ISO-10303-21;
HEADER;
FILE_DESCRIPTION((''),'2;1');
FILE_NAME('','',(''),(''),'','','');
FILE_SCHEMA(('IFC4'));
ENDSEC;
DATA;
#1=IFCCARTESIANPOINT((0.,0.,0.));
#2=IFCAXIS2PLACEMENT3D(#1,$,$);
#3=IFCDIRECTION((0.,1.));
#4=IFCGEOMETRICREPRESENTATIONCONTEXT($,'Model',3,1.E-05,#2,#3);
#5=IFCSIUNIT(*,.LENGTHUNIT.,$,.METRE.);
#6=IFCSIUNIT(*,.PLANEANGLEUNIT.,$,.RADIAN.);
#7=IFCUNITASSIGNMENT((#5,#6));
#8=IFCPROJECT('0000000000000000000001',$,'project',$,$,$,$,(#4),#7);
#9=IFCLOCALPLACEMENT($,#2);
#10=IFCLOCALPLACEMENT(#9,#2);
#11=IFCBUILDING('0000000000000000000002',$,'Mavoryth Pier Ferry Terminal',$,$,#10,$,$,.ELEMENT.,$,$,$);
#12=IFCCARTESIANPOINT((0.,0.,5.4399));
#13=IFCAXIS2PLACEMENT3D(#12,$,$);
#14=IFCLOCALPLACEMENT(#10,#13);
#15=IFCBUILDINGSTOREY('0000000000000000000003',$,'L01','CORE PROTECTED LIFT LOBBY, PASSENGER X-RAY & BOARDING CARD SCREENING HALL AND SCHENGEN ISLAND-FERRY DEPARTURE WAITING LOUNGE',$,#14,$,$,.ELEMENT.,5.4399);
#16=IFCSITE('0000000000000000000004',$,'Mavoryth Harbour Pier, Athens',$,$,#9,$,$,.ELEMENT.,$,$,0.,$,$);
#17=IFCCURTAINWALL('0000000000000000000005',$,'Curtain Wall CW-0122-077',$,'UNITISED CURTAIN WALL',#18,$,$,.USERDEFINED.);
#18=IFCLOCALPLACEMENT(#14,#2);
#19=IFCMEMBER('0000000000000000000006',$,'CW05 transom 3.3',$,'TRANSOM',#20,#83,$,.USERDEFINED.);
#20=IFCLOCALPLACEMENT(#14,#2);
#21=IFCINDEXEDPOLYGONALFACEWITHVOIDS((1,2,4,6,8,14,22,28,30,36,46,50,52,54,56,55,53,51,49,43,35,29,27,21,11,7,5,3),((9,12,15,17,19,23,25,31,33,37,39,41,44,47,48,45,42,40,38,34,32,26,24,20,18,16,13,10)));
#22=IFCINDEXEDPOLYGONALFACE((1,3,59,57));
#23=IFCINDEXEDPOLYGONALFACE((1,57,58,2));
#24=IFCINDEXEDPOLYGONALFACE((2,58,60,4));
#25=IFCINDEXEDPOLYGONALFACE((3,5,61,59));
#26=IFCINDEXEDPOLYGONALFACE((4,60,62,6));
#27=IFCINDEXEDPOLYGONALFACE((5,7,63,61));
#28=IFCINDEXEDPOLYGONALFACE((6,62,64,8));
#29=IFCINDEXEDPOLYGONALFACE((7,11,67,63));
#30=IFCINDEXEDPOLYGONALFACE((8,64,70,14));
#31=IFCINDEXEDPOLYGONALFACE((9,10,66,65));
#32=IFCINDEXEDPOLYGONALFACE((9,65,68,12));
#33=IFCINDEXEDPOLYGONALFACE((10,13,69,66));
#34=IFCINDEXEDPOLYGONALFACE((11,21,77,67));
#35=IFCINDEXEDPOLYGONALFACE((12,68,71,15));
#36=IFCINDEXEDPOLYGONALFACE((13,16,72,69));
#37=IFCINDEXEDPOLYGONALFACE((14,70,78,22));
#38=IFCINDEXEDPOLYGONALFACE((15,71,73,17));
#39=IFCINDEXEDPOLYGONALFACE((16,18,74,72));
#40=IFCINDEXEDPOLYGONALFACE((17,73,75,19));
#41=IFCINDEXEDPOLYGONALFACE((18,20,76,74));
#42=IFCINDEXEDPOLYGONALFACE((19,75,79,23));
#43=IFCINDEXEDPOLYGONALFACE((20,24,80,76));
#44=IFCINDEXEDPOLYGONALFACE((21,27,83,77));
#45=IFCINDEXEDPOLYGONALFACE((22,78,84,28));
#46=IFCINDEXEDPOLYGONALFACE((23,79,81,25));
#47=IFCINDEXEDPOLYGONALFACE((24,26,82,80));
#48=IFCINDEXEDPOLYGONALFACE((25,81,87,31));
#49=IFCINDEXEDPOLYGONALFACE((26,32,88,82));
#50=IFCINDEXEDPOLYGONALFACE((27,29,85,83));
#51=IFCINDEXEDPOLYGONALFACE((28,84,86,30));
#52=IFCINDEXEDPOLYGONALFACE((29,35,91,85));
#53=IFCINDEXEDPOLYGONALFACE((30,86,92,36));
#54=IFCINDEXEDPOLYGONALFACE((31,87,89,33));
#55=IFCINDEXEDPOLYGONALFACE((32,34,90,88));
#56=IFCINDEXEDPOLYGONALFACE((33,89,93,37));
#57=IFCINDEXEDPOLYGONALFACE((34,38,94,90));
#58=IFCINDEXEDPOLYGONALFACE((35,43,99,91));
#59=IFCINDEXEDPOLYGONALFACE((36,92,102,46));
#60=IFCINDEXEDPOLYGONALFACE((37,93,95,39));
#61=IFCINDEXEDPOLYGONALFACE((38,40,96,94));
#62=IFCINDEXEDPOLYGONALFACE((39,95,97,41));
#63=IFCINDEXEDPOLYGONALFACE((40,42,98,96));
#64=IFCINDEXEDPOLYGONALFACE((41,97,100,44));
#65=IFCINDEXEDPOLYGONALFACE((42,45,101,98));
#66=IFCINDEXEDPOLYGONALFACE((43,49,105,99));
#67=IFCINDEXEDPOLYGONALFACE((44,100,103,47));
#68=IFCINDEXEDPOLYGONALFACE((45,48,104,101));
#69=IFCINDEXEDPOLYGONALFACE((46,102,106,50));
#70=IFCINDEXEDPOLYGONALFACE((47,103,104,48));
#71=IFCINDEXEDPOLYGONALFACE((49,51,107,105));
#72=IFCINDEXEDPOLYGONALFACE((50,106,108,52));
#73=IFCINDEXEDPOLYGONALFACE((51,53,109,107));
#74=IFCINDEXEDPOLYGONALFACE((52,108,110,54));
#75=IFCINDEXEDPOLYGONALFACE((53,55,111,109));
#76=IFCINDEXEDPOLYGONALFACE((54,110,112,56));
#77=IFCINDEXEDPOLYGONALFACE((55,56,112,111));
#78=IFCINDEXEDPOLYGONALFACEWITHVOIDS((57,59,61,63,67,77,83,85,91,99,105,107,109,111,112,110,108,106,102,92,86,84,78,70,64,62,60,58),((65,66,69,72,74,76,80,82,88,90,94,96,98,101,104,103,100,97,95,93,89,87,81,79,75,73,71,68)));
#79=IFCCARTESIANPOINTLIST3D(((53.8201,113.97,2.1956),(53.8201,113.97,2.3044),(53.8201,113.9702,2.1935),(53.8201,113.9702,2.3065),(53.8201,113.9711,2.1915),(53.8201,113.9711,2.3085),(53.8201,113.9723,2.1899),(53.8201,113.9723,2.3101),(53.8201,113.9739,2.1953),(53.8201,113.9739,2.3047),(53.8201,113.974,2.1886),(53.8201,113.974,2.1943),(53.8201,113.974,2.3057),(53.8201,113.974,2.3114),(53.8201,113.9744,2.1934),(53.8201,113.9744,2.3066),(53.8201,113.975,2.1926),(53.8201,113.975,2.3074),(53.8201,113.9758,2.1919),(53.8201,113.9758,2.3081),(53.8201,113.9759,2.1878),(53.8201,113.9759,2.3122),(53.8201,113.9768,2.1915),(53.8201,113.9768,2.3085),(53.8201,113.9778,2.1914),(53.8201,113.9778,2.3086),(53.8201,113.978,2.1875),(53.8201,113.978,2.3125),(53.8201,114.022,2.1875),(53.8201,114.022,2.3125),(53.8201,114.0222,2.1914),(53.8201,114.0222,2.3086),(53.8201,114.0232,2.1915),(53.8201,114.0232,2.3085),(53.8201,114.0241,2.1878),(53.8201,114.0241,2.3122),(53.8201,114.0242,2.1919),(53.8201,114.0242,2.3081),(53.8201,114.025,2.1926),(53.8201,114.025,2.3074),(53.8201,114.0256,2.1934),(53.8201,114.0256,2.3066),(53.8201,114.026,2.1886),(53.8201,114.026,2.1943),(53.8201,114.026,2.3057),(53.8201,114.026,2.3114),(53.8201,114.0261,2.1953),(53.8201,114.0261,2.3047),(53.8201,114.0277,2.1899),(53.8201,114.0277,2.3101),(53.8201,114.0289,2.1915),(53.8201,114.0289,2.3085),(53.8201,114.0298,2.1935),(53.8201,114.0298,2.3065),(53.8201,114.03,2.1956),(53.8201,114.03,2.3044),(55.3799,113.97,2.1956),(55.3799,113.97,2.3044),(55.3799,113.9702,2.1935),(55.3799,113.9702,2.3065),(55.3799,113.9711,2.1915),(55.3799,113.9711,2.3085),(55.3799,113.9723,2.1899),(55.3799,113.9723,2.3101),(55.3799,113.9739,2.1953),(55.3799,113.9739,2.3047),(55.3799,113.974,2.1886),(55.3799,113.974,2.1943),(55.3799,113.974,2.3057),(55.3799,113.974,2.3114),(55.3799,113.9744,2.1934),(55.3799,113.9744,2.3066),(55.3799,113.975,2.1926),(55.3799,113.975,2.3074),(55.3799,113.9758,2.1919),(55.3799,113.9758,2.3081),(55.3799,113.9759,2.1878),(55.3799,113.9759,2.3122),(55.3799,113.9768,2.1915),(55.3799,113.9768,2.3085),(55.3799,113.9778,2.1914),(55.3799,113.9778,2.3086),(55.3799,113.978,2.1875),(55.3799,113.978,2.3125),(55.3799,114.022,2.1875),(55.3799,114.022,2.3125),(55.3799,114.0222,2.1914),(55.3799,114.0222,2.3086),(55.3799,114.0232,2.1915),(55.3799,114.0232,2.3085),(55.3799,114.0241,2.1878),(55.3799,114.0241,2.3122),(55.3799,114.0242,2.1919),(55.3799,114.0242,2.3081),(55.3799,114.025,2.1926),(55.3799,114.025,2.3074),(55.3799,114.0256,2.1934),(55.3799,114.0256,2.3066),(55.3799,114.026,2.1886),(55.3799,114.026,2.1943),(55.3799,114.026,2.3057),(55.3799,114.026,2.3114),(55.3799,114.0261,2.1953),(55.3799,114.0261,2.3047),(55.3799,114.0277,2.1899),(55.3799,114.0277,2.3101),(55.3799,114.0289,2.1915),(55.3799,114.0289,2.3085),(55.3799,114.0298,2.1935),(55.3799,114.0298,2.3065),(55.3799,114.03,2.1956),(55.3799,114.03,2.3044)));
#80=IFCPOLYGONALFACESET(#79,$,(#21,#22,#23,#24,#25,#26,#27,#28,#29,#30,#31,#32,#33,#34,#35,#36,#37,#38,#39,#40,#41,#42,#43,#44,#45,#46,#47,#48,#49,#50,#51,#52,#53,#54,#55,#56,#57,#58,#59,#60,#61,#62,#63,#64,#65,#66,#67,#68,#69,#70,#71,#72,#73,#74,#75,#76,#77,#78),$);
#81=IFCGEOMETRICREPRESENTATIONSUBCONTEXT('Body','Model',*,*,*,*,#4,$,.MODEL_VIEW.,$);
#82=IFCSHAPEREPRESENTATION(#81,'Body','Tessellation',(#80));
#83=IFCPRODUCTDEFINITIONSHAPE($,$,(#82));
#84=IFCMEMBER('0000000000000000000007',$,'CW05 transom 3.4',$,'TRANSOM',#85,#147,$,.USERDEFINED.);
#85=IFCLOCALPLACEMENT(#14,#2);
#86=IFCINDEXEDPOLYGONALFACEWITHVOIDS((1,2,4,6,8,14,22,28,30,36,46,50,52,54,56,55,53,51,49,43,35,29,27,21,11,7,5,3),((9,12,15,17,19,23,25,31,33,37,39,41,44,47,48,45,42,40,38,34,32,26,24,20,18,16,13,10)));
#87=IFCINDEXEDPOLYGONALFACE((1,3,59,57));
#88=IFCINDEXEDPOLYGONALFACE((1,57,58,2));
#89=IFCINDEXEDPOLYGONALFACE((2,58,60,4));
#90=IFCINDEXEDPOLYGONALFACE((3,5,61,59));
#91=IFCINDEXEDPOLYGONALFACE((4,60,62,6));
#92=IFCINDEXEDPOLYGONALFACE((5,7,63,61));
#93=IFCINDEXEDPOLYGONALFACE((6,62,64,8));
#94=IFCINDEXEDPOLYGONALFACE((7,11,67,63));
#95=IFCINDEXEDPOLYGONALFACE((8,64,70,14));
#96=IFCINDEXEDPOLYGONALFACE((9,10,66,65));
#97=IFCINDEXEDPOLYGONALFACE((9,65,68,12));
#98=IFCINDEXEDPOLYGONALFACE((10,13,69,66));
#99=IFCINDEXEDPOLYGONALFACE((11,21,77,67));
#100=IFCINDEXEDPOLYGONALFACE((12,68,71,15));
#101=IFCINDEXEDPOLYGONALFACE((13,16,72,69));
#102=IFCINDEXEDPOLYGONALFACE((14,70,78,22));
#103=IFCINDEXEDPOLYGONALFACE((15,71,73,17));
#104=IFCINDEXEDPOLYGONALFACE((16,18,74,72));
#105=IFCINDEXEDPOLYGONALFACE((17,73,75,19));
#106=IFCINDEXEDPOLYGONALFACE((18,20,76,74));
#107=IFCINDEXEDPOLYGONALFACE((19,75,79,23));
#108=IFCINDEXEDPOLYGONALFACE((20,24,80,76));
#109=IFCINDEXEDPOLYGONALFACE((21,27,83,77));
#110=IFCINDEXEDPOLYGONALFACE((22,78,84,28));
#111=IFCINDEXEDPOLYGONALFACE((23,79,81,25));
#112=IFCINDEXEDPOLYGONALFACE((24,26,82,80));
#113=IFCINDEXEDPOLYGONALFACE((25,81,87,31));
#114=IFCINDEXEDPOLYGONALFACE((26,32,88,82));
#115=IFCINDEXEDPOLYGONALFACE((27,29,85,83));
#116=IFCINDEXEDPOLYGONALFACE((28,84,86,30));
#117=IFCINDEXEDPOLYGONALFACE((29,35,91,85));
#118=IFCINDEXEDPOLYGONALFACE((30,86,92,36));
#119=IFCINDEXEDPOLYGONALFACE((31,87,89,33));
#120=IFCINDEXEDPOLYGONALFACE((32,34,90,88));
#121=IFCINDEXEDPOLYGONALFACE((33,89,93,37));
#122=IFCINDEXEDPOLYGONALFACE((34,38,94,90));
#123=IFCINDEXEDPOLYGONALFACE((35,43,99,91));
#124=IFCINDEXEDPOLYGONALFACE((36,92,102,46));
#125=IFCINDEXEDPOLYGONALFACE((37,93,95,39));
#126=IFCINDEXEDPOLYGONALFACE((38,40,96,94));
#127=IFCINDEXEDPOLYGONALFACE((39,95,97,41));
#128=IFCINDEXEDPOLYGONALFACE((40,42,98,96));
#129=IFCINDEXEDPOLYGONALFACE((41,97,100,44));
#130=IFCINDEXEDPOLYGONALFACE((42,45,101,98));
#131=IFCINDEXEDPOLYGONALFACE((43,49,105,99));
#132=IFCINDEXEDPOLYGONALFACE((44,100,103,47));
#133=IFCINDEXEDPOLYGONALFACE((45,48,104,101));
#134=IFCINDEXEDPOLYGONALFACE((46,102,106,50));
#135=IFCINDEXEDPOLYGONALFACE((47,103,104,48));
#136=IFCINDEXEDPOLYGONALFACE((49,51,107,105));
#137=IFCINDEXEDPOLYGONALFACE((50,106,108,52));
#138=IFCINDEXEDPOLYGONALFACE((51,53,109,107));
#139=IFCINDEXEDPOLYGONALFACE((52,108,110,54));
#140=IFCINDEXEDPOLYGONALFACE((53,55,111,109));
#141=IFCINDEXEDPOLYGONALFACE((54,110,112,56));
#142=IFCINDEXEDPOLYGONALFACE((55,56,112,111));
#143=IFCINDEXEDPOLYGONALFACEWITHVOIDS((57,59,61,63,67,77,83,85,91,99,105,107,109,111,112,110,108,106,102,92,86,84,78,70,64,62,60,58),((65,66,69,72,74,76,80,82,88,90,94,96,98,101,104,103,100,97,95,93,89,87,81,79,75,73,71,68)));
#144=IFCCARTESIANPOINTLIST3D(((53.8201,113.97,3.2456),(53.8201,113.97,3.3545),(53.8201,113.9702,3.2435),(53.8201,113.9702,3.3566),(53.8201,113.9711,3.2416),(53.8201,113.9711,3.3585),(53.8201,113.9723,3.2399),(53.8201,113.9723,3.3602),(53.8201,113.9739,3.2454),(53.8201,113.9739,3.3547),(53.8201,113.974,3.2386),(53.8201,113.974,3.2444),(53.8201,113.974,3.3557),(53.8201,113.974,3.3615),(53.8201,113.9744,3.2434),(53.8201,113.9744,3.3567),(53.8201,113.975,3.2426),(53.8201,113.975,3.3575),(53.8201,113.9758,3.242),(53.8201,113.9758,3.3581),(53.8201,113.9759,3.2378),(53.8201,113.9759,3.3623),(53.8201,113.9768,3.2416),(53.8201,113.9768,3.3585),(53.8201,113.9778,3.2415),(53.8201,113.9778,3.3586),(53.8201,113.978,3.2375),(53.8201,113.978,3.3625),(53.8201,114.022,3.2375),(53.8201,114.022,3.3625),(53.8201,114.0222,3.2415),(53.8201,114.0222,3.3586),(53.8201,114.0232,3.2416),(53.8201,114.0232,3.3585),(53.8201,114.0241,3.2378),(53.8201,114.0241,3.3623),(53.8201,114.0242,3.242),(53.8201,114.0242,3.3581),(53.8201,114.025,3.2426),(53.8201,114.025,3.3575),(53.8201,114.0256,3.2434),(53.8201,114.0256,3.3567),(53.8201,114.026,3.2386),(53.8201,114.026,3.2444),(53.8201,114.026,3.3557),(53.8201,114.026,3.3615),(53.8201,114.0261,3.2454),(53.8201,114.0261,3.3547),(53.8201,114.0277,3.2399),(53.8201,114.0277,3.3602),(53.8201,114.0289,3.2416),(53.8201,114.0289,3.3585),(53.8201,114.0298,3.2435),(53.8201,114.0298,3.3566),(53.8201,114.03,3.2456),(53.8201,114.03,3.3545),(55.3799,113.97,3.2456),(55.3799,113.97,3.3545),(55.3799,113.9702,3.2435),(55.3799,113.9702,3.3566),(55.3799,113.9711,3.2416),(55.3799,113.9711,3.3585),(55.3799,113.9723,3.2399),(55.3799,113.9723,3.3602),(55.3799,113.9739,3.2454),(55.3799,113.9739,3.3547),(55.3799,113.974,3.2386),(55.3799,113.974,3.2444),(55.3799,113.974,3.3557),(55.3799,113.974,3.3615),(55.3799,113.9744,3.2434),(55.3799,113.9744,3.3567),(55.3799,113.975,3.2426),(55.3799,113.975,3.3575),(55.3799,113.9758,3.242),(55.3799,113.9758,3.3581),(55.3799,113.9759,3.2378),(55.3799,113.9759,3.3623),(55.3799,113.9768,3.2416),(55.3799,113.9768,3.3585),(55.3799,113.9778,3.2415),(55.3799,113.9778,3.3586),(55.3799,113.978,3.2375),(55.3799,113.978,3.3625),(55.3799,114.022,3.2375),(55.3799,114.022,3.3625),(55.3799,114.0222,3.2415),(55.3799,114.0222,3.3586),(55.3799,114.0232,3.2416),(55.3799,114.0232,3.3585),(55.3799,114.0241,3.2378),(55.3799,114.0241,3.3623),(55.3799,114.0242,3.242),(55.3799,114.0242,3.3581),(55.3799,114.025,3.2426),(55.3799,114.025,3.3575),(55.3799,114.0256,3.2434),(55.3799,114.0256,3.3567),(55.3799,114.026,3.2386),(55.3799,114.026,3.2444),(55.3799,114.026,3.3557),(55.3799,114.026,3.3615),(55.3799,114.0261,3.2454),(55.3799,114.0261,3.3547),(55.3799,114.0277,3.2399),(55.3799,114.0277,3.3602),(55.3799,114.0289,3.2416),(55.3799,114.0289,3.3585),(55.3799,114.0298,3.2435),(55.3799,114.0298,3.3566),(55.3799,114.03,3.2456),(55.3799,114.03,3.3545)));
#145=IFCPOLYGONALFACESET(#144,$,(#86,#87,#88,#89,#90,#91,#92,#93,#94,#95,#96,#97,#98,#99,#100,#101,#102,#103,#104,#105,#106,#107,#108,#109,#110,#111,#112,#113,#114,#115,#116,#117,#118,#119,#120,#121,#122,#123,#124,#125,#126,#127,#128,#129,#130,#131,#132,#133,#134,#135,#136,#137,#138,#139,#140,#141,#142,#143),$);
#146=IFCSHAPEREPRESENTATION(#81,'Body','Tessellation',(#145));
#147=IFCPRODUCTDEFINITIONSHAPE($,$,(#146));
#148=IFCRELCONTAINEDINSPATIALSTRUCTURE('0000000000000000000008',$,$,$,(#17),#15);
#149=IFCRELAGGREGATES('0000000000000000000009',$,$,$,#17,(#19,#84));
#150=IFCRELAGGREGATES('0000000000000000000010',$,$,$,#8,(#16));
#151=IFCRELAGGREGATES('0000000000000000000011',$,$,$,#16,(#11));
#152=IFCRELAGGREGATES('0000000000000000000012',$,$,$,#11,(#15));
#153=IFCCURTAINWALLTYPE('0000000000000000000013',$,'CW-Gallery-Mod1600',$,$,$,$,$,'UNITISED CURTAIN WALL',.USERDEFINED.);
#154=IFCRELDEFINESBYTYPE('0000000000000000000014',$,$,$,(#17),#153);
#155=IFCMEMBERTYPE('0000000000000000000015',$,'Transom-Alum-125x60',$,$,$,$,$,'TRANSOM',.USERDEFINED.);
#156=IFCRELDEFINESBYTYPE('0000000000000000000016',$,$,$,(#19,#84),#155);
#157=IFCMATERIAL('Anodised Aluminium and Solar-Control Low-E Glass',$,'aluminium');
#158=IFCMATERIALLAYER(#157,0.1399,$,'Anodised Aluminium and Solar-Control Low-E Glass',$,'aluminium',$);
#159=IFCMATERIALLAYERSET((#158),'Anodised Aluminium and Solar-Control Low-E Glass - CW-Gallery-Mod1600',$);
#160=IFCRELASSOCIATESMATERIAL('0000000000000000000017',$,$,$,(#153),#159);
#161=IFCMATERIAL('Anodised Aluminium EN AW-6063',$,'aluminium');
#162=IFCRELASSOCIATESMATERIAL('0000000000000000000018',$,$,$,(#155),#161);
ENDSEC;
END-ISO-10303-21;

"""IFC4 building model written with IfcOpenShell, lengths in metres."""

from ifc_helpers import new_model, si_unit, direction, frame, origin, origin_2d, place, context, subcontext, project, spatial, hollow_rectangle, extrude, material, layer, layer_set, material_profile, profile_set, type_object, element, aggregate, save


model = new_model("IFC4")

# Units and contexts
model_context = context("Model", 3, precision=1e-05, world=origin(), true_north=direction((0.0, 1.0)))
body_context = subcontext(model_context, "Body", "Model", "MODEL_VIEW")
ifc_project = project(units=[si_unit("LENGTHUNIT", "METRE"), si_unit("PLANEANGLEUNIT", "RADIAN")], contexts=[model_context])

# Site, building, storey
site_placement = place(None, origin())
site = spatial("IfcSite", under=ifc_project, at=site_placement, Name="Mavoryth Harbour Pier, Athens", CompositionType="ELEMENT", RefElevation=0.0)
building_placement = place(site_placement, origin())
building = spatial("IfcBuilding", under=site, at=building_placement, Name="Mavoryth Pier Ferry Terminal", CompositionType="ELEMENT")
storey_placement = place(building_placement, frame((0.0, 0.0, 5.4399)))
storey = spatial("IfcBuildingStorey", under=building, at=storey_placement, Name="L01", Description="CORE PROTECTED LIFT LOBBY, PASSENGER X-RAY & BOARDING CARD SCREENING HALL AND SCHENGEN ISLAND-FERRY DEPARTURE WAITING LOUNGE", CompositionType="ELEMENT", Elevation=5.4399)

# Curtain wall
ifc_material_1 = material(Name="Anodised Aluminium and Solar-Control Low-E Glass", Category="aluminium")
ifc_layer_1 = layer(ifc_material_1, 0.1399, Name="Anodised Aluminium and Solar-Control Low-E Glass", Category="aluminium")
ifc_layer_set_1 = layer_set([ifc_layer_1], Name="Anodised Aluminium and Solar-Control Low-E Glass - CW-Gallery-Mod1600")
curtain_wall_type = type_object("IfcCurtainWallType", Name="CW-Gallery-Mod1600", ElementType="UNITISED CURTAIN WALL", PredefinedType="USERDEFINED", material=ifc_layer_set_1)
curtain_wall_1_placement = place(storey_placement, origin())
curtain_wall_1 = element("IfcCurtainWall", 1, at=curtain_wall_1_placement, inside=storey, type_object=curtain_wall_type, Name="Curtain Wall CW-0122-077", ObjectType="UNITISED CURTAIN WALL", PredefinedType="USERDEFINED")
ifc_material_2 = material(Name="Anodised Aluminium EN AW-6063", Category="aluminium")

# Members
ifc_material_profile_1 = material_profile(ifc_material_2, hollow_rectangle(XDim=0.0601, YDim=0.125, WallThickness=0.0039, InnerFilletRadius=0.0039, OuterFilletRadius=0.0081, at=origin_2d()), Name="AL-TRAN 125x60x4", Category="aluminium")
ifc_profile_set_1 = profile_set([ifc_material_profile_1], Name="Anodised Aluminium EN AW-6063 - AL-TRAN 125x60x4")
member_type_1 = type_object("IfcMemberType", Name="Transom-Alum-125x60", ElementType="TRANSOM", PredefinedType="USERDEFINED", material=ifc_profile_set_1)
member_1_placement = place(storey_placement, frame((55.3799, 114.0, 2.25), z_axis=(-1.0, 0.0, 0.0), x_axis=(0.0, -1.0, 0.0)))
member_1 = element("IfcMember", 2, at=member_1_placement, type_object=member_type_1, Name="CW05 transom 3.3", ObjectType="TRANSOM", PredefinedType="USERDEFINED", context=body_context, shape_type="SweptSolid", body=[
    extrude(hollow_rectangle(XDim=0.0601, YDim=0.125, WallThickness=0.0039, InnerFilletRadius=0.0039, OuterFilletRadius=0.0081, at=origin_2d()), origin(), (0.0, 0.0, 1.0), 1.5598),
])
member_2_placement = place(storey_placement, frame((55.3799, 114.0, 3.3), z_axis=(-1.0, 0.0, 0.0), x_axis=(0.0, -1.0, 0.0)))
member_2 = element("IfcMember", 3, at=member_2_placement, type_object=member_type_1, Name="CW05 transom 3.4", ObjectType="TRANSOM", PredefinedType="USERDEFINED", context=body_context, shape_type="SweptSolid", body=[
    extrude(hollow_rectangle(XDim=0.0601, YDim=0.125, WallThickness=0.0039, InnerFilletRadius=0.0039, OuterFilletRadius=0.0081, at=origin_2d()), origin(), (0.0, 0.0, 1.0), 1.5598),
])

aggregate(curtain_wall_1, [member_1, member_2])

save(model, "model.ifc")
